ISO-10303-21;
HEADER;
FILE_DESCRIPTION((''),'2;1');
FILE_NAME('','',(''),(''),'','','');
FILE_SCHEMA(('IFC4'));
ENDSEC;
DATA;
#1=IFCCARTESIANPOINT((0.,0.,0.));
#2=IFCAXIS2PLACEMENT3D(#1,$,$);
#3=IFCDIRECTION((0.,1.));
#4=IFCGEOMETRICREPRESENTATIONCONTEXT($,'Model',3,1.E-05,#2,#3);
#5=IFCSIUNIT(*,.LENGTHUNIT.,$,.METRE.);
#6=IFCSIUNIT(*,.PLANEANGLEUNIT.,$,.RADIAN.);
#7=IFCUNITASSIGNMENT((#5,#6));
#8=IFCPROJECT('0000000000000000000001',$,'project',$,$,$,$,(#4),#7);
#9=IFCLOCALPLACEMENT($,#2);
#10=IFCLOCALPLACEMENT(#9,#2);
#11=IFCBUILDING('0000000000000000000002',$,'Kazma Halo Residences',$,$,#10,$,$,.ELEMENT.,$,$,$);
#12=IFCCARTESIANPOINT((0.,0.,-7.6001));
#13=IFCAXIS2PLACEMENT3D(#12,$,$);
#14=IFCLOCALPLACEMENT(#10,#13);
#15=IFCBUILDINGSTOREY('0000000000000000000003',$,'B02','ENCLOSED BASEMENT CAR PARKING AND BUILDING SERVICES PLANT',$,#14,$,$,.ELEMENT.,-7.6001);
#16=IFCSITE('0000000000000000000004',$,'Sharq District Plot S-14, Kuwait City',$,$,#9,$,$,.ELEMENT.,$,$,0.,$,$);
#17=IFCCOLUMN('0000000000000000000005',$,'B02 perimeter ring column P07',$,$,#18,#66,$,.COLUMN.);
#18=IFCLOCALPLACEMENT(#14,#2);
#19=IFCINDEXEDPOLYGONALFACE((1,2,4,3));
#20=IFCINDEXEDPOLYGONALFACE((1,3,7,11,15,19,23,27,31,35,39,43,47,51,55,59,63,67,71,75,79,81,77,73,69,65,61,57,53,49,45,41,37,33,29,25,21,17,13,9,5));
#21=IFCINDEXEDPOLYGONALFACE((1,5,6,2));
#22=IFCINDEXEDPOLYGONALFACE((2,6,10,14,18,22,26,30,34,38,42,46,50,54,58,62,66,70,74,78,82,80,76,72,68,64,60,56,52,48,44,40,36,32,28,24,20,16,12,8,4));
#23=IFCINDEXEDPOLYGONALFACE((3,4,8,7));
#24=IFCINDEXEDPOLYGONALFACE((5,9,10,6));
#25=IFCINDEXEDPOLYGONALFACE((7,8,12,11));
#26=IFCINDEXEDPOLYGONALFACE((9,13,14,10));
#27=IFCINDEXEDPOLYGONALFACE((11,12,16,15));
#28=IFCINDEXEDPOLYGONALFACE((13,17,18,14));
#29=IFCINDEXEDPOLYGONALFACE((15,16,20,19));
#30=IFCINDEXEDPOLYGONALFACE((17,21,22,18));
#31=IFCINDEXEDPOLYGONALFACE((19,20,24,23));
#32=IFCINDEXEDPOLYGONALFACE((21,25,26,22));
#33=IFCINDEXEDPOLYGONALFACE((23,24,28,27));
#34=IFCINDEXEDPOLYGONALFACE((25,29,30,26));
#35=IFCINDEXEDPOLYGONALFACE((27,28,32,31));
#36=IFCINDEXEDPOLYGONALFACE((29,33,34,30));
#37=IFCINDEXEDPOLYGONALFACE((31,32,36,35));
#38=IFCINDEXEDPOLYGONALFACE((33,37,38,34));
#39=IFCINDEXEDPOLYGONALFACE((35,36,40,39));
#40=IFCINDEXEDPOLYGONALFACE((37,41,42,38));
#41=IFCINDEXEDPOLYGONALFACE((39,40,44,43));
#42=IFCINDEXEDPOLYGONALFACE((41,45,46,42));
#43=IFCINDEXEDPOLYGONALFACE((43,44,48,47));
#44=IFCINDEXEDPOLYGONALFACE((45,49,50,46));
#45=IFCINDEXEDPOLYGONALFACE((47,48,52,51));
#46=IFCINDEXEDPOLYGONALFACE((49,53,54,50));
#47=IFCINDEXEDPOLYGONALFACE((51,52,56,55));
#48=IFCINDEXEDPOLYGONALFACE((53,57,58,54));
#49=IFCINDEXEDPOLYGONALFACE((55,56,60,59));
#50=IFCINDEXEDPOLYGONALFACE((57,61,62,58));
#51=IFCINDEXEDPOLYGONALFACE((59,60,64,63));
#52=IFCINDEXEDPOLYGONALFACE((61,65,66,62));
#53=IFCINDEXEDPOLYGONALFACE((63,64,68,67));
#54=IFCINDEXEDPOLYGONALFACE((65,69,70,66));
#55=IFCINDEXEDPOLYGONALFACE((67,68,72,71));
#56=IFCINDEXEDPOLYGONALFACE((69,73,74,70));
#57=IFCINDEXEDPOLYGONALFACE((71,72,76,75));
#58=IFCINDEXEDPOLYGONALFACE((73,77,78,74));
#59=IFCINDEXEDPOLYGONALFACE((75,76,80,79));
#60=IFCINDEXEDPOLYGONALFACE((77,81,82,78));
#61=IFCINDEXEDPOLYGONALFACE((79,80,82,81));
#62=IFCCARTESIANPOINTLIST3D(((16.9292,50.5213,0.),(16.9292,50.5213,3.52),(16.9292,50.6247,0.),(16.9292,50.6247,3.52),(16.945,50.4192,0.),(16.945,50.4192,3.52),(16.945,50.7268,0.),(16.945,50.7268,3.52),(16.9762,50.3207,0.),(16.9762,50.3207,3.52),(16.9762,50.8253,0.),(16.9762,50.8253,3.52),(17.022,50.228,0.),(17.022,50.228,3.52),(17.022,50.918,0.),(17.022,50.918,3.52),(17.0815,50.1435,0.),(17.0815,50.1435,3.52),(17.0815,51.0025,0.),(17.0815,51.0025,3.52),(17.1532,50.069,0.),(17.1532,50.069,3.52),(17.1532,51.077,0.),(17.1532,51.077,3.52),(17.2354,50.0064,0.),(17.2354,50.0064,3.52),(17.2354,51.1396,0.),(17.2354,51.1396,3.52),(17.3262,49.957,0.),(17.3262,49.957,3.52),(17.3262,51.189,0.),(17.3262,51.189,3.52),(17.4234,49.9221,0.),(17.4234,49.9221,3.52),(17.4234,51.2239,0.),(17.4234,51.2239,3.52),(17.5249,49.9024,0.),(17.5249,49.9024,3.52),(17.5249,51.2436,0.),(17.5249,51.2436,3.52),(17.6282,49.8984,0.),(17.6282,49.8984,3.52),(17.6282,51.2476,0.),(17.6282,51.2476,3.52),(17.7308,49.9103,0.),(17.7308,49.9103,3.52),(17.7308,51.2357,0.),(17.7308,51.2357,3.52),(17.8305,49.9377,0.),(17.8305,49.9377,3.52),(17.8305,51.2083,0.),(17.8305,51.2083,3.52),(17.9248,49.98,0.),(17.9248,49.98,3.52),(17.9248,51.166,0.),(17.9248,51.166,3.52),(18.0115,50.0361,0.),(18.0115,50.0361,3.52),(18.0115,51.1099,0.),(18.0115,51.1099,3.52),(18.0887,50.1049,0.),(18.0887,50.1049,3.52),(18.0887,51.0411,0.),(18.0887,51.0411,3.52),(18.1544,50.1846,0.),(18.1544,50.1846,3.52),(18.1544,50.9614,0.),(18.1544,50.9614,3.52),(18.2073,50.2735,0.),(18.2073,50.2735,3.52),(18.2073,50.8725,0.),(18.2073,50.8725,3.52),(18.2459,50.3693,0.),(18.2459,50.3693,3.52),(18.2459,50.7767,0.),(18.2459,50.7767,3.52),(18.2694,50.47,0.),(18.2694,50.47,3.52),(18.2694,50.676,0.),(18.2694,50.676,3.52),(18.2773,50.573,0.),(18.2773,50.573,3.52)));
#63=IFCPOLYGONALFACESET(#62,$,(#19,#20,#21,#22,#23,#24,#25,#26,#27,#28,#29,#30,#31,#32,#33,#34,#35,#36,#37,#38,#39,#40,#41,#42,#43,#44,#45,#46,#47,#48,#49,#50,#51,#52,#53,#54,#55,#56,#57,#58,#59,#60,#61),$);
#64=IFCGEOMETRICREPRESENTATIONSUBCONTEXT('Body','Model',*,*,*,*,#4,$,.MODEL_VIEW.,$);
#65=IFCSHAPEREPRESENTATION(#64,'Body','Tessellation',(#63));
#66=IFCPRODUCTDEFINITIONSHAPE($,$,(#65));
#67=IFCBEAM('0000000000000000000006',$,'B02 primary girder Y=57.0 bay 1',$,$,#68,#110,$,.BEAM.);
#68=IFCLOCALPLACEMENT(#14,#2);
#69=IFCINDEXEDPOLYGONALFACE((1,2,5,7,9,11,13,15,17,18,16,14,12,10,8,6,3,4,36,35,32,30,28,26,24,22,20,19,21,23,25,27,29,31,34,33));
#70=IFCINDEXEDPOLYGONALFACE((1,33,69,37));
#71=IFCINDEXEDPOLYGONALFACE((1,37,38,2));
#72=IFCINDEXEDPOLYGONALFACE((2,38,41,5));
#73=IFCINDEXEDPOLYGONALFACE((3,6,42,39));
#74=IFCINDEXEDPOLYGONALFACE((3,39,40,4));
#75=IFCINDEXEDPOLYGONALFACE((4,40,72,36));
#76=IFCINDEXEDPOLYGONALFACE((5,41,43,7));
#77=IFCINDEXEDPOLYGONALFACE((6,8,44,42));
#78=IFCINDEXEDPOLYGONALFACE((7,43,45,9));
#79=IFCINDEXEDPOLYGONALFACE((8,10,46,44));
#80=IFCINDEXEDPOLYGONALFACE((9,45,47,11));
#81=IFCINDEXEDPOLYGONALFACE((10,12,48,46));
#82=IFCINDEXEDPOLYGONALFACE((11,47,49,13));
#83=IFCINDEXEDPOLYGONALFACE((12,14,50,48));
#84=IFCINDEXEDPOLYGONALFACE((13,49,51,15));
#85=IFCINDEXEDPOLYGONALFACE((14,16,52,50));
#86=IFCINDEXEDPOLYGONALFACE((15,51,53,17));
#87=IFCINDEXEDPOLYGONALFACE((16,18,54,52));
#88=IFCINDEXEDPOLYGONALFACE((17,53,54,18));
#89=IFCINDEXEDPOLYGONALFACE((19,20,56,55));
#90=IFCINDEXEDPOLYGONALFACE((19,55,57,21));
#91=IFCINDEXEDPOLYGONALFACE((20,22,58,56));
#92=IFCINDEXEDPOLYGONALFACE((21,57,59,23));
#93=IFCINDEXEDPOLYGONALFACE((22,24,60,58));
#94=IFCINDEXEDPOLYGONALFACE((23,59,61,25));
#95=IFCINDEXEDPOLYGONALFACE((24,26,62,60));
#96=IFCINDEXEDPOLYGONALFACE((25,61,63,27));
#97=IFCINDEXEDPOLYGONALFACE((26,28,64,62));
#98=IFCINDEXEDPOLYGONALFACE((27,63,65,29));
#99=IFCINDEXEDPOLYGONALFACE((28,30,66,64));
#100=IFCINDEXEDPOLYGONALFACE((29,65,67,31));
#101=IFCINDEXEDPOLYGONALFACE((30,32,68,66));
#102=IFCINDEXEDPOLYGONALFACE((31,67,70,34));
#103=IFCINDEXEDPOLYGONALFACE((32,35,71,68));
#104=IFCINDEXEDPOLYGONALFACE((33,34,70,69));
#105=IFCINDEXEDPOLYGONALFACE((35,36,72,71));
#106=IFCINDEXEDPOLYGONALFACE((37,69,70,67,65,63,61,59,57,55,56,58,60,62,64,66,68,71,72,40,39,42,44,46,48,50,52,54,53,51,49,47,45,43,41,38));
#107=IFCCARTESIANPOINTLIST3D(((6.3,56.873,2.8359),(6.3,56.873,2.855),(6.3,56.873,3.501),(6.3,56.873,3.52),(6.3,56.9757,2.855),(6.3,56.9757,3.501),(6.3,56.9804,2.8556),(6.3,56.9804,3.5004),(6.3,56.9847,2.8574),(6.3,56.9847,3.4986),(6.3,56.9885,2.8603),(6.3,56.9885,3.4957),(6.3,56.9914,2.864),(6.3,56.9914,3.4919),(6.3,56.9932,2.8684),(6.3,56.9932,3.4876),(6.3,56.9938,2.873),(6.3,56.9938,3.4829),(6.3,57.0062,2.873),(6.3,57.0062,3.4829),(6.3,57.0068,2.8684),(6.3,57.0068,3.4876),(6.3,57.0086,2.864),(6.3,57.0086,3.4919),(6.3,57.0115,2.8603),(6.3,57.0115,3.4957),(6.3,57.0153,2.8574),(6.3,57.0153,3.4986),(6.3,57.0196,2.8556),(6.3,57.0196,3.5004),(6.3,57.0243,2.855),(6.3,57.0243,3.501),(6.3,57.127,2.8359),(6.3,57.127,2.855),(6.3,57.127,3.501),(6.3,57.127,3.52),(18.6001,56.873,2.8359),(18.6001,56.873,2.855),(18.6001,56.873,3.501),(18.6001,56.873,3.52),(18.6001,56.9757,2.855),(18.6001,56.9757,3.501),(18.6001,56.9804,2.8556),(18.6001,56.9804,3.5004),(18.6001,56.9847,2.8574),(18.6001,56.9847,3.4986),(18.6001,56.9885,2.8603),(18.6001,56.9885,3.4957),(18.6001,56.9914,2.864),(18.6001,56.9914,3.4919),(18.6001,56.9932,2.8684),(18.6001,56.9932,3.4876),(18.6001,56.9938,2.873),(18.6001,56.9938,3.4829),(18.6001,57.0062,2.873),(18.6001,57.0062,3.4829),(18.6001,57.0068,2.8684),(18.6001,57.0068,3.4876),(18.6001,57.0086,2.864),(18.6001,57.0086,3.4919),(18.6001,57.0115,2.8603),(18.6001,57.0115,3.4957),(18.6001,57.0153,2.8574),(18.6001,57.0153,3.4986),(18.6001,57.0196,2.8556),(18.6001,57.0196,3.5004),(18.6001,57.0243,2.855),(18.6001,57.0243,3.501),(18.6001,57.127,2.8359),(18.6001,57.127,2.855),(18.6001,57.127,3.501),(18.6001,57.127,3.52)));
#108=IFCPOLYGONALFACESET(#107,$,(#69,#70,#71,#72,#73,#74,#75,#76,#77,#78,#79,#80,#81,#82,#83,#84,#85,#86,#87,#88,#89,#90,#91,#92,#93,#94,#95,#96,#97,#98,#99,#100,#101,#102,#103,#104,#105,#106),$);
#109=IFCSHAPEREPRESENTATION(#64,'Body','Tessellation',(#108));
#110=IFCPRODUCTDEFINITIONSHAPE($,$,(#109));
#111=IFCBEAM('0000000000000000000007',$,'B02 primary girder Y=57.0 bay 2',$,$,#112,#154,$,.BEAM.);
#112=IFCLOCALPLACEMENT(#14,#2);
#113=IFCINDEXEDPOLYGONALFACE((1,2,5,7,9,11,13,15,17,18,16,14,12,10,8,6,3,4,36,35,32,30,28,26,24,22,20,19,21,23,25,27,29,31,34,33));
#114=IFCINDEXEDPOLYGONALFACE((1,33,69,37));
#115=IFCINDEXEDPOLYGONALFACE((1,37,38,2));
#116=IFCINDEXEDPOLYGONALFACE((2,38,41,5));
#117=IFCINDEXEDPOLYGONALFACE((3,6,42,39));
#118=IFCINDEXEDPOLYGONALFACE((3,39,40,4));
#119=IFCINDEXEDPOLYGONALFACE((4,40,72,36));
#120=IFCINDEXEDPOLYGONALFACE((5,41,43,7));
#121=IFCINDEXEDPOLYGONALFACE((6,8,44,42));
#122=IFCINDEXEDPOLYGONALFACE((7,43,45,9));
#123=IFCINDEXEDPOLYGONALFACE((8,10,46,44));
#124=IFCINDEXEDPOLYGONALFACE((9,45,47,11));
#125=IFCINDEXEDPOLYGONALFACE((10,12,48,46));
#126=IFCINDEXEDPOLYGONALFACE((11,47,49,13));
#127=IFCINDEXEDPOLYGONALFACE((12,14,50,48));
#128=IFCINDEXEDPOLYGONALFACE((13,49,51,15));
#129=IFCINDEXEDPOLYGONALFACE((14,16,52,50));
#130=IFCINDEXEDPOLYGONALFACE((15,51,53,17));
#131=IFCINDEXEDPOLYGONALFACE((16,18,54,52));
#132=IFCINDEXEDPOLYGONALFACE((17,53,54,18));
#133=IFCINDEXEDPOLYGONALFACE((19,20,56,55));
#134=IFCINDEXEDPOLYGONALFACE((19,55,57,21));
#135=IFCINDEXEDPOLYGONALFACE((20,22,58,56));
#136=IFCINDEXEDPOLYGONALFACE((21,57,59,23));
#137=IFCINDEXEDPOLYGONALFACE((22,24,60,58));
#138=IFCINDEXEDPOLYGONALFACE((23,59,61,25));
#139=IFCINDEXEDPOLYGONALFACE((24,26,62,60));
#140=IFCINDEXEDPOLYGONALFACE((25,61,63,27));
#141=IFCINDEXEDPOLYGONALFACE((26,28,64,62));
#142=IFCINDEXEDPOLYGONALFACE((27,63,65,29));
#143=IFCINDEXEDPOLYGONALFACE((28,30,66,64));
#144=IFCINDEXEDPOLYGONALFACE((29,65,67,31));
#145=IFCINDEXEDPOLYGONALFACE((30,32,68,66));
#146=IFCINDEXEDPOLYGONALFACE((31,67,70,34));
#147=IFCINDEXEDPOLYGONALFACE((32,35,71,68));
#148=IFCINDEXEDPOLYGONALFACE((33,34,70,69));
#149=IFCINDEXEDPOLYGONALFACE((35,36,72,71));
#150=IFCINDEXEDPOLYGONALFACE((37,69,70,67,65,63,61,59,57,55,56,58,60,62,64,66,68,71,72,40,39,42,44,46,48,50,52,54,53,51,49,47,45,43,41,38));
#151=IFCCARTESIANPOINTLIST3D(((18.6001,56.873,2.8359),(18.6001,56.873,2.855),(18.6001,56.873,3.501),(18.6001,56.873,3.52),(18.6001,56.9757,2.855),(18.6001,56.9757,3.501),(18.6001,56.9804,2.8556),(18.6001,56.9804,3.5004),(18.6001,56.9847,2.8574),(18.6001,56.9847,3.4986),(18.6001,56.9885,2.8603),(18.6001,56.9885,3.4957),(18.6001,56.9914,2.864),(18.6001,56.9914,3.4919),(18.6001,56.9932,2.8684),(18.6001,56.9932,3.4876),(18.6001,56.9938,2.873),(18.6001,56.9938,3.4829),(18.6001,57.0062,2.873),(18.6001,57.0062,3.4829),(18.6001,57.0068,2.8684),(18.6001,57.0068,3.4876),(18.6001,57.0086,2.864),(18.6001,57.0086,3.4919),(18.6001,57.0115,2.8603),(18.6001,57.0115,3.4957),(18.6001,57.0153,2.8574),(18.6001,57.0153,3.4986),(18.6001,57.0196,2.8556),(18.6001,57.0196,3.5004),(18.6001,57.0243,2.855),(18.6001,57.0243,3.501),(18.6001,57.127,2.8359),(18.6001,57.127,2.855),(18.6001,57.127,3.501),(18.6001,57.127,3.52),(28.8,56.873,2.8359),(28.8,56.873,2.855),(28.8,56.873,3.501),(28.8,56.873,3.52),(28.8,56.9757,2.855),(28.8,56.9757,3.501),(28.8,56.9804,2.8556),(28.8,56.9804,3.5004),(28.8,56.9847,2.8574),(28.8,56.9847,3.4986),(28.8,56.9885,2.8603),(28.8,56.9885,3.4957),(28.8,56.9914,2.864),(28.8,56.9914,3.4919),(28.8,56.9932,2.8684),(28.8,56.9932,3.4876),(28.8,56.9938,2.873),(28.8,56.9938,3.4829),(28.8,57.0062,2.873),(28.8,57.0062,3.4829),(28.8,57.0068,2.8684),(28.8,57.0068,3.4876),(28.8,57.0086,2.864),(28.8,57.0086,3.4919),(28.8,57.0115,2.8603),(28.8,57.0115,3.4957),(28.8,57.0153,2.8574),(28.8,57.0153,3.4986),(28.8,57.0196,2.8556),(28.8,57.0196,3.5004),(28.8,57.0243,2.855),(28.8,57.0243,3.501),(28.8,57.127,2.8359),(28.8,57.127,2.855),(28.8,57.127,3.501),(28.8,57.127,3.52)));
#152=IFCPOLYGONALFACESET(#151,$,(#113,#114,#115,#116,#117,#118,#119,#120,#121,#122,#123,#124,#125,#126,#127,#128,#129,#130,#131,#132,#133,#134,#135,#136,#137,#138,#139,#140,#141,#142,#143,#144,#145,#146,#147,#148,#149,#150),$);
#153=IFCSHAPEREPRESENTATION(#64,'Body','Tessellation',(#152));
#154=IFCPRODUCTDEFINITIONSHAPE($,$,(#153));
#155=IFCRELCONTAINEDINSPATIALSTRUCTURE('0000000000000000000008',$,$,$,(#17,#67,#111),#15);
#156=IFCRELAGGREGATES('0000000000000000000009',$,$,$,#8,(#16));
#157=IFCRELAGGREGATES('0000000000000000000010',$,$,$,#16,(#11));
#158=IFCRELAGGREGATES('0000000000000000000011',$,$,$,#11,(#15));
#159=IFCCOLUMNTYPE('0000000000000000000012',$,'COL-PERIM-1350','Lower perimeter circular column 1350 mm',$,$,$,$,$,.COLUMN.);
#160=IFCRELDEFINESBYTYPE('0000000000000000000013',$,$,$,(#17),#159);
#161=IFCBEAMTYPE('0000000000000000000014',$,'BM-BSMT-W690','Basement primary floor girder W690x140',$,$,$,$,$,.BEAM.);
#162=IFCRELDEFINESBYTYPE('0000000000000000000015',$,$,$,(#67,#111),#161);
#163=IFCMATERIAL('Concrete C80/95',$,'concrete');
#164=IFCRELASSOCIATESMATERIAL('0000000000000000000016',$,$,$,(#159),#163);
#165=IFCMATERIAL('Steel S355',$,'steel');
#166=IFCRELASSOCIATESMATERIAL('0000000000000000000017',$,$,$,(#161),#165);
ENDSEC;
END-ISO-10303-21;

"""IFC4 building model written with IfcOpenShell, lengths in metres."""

from ifc_helpers import new_model, si_unit, direction, frame, origin, origin_2d, place, context, subcontext, project, spatial, circle, i_section, extrude, material, material_profile, profile_set, type_object, element, save


model = new_model("IFC4")

# Units and contexts
model_context = context("Model", 3, precision=1e-05, world=origin(), true_north=direction((0.0, 1.0)))
body_context = subcontext(model_context, "Body", "Model", "MODEL_VIEW")
ifc_project = project(units=[si_unit("LENGTHUNIT", "METRE"), si_unit("PLANEANGLEUNIT", "RADIAN")], contexts=[model_context])

# Site, building, storey
site_placement = place(None, origin())
site = spatial("IfcSite", under=ifc_project, at=site_placement, Name="Sharq District Plot S-14, Kuwait City", CompositionType="ELEMENT", RefElevation=0.0)
building_placement = place(site_placement, origin())
building = spatial("IfcBuilding", under=site, at=building_placement, Name="Kazma Halo Residences", CompositionType="ELEMENT")
storey_placement = place(building_placement, frame((0.0, 0.0, -7.6001)))
storey = spatial("IfcBuildingStorey", under=building, at=storey_placement, Name="B02", Description="ENCLOSED BASEMENT CAR PARKING AND BUILDING SERVICES PLANT", CompositionType="ELEMENT", Elevation=-7.6001)

# Column
ifc_material_1 = material(Name="Concrete C80/95", Category="concrete")
ifc_material_profile_1 = material_profile(ifc_material_1, circle(Radius=0.675, at=origin_2d()), Name="CIRC1350")
ifc_profile_set_1 = profile_set([ifc_material_profile_1], Name="Concrete C80/95")
column_type_1 = type_object("IfcColumnType", Name="COL-PERIM-1350", Description="Lower perimeter circular column 1350 mm", PredefinedType="COLUMN", material=ifc_profile_set_1)
column_placement = place(storey_placement, frame((17.6023, 50.573, 0.0), z_axis=(0.0, 0.0, 1.0), x_axis=(1.0, 0.0, 0.0)))
element("IfcColumn", 1, at=column_placement, inside=storey, type_object=column_type_1, Name="B02 perimeter ring column P07", PredefinedType="COLUMN", context=body_context, shape_type="SweptSolid", body=[
    extrude(circle(Radius=0.675, at=origin_2d()), origin(), (0.0, 0.0, 1.0), 3.52),
])

# Beams
ifc_material_2 = material(Name="Steel S355", Category="steel")
ifc_material_profile_2 = material_profile(ifc_material_2, i_section(OverallWidth=0.2539, OverallDepth=0.6841, WebThickness=0.0125, FlangeThickness=0.019, FilletRadius=0.0181, at=origin_2d()), Name="W690x140")
ifc_profile_set_2 = profile_set([ifc_material_profile_2], Name="Steel S355")
beam_type_1 = type_object("IfcBeamType", Name="BM-BSMT-W690", Description="Basement primary floor girder W690x140", PredefinedType="BEAM", material=ifc_profile_set_2)
beam_1_placement = place(storey_placement, frame((6.3, 57.0, 3.178), z_axis=(1.0, 0.0, 0.0), x_axis=(0.0, 1.0, 0.0)))
element("IfcBeam", 2, at=beam_1_placement, inside=storey, type_object=beam_type_1, Name="B02 primary girder Y=57.0 bay 1", PredefinedType="BEAM", context=body_context, shape_type="SweptSolid", body=[
    extrude(i_section(OverallWidth=0.2539, OverallDepth=0.6841, WebThickness=0.0125, FlangeThickness=0.019, FilletRadius=0.0181, at=origin_2d()), origin(), (0.0, 0.0, 1.0), 12.3),
])
beam_2_placement = place(storey_placement, frame((18.6001, 57.0, 3.178), z_axis=(1.0, 0.0, 0.0), x_axis=(0.0, 1.0, 0.0)))
element("IfcBeam", 3, at=beam_2_placement, inside=storey, type_object=beam_type_1, Name="B02 primary girder Y=57.0 bay 2", PredefinedType="BEAM", context=body_context, shape_type="SweptSolid", body=[
    extrude(i_section(OverallWidth=0.2539, OverallDepth=0.6841, WebThickness=0.0125, FlangeThickness=0.019, FilletRadius=0.0181, at=origin_2d()), origin(), (0.0, 0.0, 1.0), 10.2),
])

save(model, "model.ifc")
